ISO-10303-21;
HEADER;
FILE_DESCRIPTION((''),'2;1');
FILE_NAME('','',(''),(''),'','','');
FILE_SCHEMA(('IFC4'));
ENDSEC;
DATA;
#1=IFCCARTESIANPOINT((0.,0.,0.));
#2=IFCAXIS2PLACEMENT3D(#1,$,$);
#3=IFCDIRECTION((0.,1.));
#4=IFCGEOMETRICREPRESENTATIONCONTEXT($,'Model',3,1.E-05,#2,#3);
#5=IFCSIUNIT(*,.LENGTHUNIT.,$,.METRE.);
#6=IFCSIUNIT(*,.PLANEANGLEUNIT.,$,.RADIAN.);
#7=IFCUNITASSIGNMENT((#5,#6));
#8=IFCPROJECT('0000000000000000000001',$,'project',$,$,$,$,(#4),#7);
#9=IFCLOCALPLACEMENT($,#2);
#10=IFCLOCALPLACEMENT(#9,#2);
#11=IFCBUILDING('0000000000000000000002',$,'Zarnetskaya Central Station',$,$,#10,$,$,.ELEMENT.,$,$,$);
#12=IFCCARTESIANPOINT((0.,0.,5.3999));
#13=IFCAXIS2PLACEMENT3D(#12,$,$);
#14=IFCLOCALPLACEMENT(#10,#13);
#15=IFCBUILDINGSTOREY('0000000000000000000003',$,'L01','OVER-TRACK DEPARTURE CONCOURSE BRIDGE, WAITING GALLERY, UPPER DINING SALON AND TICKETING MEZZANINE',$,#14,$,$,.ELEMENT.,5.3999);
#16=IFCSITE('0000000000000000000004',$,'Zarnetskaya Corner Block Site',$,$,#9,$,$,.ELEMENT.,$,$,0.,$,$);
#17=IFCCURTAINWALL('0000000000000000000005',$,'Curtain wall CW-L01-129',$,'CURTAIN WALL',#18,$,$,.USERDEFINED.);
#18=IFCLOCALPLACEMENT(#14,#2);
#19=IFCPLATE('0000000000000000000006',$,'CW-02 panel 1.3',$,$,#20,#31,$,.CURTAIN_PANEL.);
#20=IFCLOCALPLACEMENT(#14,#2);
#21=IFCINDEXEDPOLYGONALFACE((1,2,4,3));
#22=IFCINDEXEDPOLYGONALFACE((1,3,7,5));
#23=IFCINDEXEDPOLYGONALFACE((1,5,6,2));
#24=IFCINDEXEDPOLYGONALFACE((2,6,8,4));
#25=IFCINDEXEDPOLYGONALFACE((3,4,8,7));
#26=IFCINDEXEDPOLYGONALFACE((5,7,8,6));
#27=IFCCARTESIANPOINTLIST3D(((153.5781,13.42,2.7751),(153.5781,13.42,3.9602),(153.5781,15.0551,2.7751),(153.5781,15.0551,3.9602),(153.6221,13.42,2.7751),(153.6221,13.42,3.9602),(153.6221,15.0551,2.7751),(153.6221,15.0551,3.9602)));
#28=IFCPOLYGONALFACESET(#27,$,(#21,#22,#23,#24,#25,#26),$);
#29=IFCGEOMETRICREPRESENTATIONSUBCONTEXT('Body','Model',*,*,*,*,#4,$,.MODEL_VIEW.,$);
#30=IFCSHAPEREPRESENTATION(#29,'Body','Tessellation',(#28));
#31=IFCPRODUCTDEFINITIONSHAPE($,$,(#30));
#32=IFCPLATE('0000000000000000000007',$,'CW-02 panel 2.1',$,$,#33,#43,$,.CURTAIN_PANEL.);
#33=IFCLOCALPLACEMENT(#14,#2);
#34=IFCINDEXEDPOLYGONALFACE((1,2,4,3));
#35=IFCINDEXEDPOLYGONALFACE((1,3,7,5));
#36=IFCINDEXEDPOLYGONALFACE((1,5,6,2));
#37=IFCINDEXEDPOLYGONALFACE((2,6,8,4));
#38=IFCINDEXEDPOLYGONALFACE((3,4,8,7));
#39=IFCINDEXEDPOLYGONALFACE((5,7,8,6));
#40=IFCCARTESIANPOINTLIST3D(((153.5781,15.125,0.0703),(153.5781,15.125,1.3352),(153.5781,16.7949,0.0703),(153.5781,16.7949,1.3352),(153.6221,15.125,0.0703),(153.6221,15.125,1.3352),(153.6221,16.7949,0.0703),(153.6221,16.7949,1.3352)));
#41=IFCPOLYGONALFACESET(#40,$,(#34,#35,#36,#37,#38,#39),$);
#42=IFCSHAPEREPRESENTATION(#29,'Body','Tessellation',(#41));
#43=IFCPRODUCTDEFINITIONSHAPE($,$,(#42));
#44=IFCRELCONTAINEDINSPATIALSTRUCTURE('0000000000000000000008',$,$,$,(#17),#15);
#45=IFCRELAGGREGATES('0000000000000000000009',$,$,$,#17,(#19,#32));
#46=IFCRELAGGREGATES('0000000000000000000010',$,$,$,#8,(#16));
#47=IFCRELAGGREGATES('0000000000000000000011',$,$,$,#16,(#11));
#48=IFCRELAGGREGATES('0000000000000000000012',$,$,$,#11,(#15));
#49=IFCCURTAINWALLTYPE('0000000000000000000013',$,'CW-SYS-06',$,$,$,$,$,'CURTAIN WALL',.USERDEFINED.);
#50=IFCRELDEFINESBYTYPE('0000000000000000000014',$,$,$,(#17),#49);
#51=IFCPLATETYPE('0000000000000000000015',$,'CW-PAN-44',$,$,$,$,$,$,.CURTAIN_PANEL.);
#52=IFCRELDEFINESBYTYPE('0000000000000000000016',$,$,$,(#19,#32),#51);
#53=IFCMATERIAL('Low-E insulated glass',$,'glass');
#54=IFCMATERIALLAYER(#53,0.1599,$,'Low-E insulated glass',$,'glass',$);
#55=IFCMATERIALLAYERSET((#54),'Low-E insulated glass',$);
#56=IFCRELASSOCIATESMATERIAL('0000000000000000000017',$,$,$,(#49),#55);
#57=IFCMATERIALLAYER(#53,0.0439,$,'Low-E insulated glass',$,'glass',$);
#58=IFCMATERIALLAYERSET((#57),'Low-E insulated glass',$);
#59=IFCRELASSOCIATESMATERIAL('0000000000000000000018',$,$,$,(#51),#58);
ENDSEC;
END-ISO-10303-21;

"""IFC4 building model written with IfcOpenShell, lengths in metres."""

from ifc_helpers import new_model, si_unit, direction, frame, origin, origin_2d, place, context, subcontext, project, spatial, rectangle, extrude, material, layer, layer_set, type_object, element, aggregate, save


model = new_model("IFC4")

# Units and contexts
model_context = context("Model", 3, precision=1e-05, world=origin(), true_north=direction((0.0, 1.0)))
body_context = subcontext(model_context, "Body", "Model", "MODEL_VIEW")
ifc_project = project(units=[si_unit("LENGTHUNIT", "METRE"), si_unit("PLANEANGLEUNIT", "RADIAN")], contexts=[model_context])

# Site, building, storey
site_placement = place(None, origin())
site = spatial("IfcSite", under=ifc_project, at=site_placement, Name="Zarnetskaya Corner Block Site", CompositionType="ELEMENT", RefElevation=0.0)
building_placement = place(site_placement, origin())
building = spatial("IfcBuilding", under=site, at=building_placement, Name="Zarnetskaya Central Station", CompositionType="ELEMENT")
storey_placement = place(building_placement, frame((0.0, 0.0, 5.3999)))
storey = spatial("IfcBuildingStorey", under=building, at=storey_placement, Name="L01", Description="OVER-TRACK DEPARTURE CONCOURSE BRIDGE, WAITING GALLERY, UPPER DINING SALON AND TICKETING MEZZANINE", CompositionType="ELEMENT", Elevation=5.3999)

# Curtain wall
ifc_material_1 = material(Name="Low-E insulated glass", Category="glass")
ifc_layer_1 = layer(ifc_material_1, 0.1599, Name="Low-E insulated glass", Category="glass")
ifc_layer_set_1 = layer_set([ifc_layer_1], Name="Low-E insulated glass")
curtain_wall_type = type_object("IfcCurtainWallType", Name="CW-SYS-06", ElementType="CURTAIN WALL", PredefinedType="USERDEFINED", material=ifc_layer_set_1)
curtain_wall_1_placement = place(storey_placement, origin())
curtain_wall_1 = element("IfcCurtainWall", 1, at=curtain_wall_1_placement, inside=storey, type_object=curtain_wall_type, Name="Curtain wall CW-L01-129", ObjectType="CURTAIN WALL", PredefinedType="USERDEFINED")

# Plates
ifc_layer_2 = layer(ifc_material_1, 0.0439, Name="Low-E insulated glass", Category="glass")
ifc_layer_set_2 = layer_set([ifc_layer_2], Name="Low-E insulated glass")
plate_type_1 = type_object("IfcPlateType", Name="CW-PAN-44", PredefinedType="CURTAIN_PANEL", material=ifc_layer_set_2)
plate_1_placement = place(storey_placement, frame((153.6001, 14.2375, 2.7751), z_axis=(0.0, 0.0, 1.0), x_axis=(0.0, 1.0, 0.0)))
plate_1 = element("IfcPlate", 2, at=plate_1_placement, type_object=plate_type_1, Name="CW-02 panel 1.3", PredefinedType="CURTAIN_PANEL", context=body_context, shape_type="SweptSolid", body=[
    extrude(rectangle(XDim=1.635, YDim=0.0439, at=origin_2d()), origin(), (0.0, 0.0, 1.0), 1.1851),
])
plate_2_placement = place(storey_placement, frame((153.6001, 15.96, 0.0703), z_axis=(0.0, 0.0, 1.0), x_axis=(0.0, 1.0, 0.0)))
plate_2 = element("IfcPlate", 3, at=plate_2_placement, type_object=plate_type_1, Name="CW-02 panel 2.1", PredefinedType="CURTAIN_PANEL", context=body_context, shape_type="SweptSolid", body=[
    extrude(rectangle(XDim=1.6699, YDim=0.0439, at=origin_2d()), origin(), (0.0, 0.0, 1.0), 1.2649),
])
aggregate(curtain_wall_1, [plate_1, plate_2])

save(model, "model.ifc")
